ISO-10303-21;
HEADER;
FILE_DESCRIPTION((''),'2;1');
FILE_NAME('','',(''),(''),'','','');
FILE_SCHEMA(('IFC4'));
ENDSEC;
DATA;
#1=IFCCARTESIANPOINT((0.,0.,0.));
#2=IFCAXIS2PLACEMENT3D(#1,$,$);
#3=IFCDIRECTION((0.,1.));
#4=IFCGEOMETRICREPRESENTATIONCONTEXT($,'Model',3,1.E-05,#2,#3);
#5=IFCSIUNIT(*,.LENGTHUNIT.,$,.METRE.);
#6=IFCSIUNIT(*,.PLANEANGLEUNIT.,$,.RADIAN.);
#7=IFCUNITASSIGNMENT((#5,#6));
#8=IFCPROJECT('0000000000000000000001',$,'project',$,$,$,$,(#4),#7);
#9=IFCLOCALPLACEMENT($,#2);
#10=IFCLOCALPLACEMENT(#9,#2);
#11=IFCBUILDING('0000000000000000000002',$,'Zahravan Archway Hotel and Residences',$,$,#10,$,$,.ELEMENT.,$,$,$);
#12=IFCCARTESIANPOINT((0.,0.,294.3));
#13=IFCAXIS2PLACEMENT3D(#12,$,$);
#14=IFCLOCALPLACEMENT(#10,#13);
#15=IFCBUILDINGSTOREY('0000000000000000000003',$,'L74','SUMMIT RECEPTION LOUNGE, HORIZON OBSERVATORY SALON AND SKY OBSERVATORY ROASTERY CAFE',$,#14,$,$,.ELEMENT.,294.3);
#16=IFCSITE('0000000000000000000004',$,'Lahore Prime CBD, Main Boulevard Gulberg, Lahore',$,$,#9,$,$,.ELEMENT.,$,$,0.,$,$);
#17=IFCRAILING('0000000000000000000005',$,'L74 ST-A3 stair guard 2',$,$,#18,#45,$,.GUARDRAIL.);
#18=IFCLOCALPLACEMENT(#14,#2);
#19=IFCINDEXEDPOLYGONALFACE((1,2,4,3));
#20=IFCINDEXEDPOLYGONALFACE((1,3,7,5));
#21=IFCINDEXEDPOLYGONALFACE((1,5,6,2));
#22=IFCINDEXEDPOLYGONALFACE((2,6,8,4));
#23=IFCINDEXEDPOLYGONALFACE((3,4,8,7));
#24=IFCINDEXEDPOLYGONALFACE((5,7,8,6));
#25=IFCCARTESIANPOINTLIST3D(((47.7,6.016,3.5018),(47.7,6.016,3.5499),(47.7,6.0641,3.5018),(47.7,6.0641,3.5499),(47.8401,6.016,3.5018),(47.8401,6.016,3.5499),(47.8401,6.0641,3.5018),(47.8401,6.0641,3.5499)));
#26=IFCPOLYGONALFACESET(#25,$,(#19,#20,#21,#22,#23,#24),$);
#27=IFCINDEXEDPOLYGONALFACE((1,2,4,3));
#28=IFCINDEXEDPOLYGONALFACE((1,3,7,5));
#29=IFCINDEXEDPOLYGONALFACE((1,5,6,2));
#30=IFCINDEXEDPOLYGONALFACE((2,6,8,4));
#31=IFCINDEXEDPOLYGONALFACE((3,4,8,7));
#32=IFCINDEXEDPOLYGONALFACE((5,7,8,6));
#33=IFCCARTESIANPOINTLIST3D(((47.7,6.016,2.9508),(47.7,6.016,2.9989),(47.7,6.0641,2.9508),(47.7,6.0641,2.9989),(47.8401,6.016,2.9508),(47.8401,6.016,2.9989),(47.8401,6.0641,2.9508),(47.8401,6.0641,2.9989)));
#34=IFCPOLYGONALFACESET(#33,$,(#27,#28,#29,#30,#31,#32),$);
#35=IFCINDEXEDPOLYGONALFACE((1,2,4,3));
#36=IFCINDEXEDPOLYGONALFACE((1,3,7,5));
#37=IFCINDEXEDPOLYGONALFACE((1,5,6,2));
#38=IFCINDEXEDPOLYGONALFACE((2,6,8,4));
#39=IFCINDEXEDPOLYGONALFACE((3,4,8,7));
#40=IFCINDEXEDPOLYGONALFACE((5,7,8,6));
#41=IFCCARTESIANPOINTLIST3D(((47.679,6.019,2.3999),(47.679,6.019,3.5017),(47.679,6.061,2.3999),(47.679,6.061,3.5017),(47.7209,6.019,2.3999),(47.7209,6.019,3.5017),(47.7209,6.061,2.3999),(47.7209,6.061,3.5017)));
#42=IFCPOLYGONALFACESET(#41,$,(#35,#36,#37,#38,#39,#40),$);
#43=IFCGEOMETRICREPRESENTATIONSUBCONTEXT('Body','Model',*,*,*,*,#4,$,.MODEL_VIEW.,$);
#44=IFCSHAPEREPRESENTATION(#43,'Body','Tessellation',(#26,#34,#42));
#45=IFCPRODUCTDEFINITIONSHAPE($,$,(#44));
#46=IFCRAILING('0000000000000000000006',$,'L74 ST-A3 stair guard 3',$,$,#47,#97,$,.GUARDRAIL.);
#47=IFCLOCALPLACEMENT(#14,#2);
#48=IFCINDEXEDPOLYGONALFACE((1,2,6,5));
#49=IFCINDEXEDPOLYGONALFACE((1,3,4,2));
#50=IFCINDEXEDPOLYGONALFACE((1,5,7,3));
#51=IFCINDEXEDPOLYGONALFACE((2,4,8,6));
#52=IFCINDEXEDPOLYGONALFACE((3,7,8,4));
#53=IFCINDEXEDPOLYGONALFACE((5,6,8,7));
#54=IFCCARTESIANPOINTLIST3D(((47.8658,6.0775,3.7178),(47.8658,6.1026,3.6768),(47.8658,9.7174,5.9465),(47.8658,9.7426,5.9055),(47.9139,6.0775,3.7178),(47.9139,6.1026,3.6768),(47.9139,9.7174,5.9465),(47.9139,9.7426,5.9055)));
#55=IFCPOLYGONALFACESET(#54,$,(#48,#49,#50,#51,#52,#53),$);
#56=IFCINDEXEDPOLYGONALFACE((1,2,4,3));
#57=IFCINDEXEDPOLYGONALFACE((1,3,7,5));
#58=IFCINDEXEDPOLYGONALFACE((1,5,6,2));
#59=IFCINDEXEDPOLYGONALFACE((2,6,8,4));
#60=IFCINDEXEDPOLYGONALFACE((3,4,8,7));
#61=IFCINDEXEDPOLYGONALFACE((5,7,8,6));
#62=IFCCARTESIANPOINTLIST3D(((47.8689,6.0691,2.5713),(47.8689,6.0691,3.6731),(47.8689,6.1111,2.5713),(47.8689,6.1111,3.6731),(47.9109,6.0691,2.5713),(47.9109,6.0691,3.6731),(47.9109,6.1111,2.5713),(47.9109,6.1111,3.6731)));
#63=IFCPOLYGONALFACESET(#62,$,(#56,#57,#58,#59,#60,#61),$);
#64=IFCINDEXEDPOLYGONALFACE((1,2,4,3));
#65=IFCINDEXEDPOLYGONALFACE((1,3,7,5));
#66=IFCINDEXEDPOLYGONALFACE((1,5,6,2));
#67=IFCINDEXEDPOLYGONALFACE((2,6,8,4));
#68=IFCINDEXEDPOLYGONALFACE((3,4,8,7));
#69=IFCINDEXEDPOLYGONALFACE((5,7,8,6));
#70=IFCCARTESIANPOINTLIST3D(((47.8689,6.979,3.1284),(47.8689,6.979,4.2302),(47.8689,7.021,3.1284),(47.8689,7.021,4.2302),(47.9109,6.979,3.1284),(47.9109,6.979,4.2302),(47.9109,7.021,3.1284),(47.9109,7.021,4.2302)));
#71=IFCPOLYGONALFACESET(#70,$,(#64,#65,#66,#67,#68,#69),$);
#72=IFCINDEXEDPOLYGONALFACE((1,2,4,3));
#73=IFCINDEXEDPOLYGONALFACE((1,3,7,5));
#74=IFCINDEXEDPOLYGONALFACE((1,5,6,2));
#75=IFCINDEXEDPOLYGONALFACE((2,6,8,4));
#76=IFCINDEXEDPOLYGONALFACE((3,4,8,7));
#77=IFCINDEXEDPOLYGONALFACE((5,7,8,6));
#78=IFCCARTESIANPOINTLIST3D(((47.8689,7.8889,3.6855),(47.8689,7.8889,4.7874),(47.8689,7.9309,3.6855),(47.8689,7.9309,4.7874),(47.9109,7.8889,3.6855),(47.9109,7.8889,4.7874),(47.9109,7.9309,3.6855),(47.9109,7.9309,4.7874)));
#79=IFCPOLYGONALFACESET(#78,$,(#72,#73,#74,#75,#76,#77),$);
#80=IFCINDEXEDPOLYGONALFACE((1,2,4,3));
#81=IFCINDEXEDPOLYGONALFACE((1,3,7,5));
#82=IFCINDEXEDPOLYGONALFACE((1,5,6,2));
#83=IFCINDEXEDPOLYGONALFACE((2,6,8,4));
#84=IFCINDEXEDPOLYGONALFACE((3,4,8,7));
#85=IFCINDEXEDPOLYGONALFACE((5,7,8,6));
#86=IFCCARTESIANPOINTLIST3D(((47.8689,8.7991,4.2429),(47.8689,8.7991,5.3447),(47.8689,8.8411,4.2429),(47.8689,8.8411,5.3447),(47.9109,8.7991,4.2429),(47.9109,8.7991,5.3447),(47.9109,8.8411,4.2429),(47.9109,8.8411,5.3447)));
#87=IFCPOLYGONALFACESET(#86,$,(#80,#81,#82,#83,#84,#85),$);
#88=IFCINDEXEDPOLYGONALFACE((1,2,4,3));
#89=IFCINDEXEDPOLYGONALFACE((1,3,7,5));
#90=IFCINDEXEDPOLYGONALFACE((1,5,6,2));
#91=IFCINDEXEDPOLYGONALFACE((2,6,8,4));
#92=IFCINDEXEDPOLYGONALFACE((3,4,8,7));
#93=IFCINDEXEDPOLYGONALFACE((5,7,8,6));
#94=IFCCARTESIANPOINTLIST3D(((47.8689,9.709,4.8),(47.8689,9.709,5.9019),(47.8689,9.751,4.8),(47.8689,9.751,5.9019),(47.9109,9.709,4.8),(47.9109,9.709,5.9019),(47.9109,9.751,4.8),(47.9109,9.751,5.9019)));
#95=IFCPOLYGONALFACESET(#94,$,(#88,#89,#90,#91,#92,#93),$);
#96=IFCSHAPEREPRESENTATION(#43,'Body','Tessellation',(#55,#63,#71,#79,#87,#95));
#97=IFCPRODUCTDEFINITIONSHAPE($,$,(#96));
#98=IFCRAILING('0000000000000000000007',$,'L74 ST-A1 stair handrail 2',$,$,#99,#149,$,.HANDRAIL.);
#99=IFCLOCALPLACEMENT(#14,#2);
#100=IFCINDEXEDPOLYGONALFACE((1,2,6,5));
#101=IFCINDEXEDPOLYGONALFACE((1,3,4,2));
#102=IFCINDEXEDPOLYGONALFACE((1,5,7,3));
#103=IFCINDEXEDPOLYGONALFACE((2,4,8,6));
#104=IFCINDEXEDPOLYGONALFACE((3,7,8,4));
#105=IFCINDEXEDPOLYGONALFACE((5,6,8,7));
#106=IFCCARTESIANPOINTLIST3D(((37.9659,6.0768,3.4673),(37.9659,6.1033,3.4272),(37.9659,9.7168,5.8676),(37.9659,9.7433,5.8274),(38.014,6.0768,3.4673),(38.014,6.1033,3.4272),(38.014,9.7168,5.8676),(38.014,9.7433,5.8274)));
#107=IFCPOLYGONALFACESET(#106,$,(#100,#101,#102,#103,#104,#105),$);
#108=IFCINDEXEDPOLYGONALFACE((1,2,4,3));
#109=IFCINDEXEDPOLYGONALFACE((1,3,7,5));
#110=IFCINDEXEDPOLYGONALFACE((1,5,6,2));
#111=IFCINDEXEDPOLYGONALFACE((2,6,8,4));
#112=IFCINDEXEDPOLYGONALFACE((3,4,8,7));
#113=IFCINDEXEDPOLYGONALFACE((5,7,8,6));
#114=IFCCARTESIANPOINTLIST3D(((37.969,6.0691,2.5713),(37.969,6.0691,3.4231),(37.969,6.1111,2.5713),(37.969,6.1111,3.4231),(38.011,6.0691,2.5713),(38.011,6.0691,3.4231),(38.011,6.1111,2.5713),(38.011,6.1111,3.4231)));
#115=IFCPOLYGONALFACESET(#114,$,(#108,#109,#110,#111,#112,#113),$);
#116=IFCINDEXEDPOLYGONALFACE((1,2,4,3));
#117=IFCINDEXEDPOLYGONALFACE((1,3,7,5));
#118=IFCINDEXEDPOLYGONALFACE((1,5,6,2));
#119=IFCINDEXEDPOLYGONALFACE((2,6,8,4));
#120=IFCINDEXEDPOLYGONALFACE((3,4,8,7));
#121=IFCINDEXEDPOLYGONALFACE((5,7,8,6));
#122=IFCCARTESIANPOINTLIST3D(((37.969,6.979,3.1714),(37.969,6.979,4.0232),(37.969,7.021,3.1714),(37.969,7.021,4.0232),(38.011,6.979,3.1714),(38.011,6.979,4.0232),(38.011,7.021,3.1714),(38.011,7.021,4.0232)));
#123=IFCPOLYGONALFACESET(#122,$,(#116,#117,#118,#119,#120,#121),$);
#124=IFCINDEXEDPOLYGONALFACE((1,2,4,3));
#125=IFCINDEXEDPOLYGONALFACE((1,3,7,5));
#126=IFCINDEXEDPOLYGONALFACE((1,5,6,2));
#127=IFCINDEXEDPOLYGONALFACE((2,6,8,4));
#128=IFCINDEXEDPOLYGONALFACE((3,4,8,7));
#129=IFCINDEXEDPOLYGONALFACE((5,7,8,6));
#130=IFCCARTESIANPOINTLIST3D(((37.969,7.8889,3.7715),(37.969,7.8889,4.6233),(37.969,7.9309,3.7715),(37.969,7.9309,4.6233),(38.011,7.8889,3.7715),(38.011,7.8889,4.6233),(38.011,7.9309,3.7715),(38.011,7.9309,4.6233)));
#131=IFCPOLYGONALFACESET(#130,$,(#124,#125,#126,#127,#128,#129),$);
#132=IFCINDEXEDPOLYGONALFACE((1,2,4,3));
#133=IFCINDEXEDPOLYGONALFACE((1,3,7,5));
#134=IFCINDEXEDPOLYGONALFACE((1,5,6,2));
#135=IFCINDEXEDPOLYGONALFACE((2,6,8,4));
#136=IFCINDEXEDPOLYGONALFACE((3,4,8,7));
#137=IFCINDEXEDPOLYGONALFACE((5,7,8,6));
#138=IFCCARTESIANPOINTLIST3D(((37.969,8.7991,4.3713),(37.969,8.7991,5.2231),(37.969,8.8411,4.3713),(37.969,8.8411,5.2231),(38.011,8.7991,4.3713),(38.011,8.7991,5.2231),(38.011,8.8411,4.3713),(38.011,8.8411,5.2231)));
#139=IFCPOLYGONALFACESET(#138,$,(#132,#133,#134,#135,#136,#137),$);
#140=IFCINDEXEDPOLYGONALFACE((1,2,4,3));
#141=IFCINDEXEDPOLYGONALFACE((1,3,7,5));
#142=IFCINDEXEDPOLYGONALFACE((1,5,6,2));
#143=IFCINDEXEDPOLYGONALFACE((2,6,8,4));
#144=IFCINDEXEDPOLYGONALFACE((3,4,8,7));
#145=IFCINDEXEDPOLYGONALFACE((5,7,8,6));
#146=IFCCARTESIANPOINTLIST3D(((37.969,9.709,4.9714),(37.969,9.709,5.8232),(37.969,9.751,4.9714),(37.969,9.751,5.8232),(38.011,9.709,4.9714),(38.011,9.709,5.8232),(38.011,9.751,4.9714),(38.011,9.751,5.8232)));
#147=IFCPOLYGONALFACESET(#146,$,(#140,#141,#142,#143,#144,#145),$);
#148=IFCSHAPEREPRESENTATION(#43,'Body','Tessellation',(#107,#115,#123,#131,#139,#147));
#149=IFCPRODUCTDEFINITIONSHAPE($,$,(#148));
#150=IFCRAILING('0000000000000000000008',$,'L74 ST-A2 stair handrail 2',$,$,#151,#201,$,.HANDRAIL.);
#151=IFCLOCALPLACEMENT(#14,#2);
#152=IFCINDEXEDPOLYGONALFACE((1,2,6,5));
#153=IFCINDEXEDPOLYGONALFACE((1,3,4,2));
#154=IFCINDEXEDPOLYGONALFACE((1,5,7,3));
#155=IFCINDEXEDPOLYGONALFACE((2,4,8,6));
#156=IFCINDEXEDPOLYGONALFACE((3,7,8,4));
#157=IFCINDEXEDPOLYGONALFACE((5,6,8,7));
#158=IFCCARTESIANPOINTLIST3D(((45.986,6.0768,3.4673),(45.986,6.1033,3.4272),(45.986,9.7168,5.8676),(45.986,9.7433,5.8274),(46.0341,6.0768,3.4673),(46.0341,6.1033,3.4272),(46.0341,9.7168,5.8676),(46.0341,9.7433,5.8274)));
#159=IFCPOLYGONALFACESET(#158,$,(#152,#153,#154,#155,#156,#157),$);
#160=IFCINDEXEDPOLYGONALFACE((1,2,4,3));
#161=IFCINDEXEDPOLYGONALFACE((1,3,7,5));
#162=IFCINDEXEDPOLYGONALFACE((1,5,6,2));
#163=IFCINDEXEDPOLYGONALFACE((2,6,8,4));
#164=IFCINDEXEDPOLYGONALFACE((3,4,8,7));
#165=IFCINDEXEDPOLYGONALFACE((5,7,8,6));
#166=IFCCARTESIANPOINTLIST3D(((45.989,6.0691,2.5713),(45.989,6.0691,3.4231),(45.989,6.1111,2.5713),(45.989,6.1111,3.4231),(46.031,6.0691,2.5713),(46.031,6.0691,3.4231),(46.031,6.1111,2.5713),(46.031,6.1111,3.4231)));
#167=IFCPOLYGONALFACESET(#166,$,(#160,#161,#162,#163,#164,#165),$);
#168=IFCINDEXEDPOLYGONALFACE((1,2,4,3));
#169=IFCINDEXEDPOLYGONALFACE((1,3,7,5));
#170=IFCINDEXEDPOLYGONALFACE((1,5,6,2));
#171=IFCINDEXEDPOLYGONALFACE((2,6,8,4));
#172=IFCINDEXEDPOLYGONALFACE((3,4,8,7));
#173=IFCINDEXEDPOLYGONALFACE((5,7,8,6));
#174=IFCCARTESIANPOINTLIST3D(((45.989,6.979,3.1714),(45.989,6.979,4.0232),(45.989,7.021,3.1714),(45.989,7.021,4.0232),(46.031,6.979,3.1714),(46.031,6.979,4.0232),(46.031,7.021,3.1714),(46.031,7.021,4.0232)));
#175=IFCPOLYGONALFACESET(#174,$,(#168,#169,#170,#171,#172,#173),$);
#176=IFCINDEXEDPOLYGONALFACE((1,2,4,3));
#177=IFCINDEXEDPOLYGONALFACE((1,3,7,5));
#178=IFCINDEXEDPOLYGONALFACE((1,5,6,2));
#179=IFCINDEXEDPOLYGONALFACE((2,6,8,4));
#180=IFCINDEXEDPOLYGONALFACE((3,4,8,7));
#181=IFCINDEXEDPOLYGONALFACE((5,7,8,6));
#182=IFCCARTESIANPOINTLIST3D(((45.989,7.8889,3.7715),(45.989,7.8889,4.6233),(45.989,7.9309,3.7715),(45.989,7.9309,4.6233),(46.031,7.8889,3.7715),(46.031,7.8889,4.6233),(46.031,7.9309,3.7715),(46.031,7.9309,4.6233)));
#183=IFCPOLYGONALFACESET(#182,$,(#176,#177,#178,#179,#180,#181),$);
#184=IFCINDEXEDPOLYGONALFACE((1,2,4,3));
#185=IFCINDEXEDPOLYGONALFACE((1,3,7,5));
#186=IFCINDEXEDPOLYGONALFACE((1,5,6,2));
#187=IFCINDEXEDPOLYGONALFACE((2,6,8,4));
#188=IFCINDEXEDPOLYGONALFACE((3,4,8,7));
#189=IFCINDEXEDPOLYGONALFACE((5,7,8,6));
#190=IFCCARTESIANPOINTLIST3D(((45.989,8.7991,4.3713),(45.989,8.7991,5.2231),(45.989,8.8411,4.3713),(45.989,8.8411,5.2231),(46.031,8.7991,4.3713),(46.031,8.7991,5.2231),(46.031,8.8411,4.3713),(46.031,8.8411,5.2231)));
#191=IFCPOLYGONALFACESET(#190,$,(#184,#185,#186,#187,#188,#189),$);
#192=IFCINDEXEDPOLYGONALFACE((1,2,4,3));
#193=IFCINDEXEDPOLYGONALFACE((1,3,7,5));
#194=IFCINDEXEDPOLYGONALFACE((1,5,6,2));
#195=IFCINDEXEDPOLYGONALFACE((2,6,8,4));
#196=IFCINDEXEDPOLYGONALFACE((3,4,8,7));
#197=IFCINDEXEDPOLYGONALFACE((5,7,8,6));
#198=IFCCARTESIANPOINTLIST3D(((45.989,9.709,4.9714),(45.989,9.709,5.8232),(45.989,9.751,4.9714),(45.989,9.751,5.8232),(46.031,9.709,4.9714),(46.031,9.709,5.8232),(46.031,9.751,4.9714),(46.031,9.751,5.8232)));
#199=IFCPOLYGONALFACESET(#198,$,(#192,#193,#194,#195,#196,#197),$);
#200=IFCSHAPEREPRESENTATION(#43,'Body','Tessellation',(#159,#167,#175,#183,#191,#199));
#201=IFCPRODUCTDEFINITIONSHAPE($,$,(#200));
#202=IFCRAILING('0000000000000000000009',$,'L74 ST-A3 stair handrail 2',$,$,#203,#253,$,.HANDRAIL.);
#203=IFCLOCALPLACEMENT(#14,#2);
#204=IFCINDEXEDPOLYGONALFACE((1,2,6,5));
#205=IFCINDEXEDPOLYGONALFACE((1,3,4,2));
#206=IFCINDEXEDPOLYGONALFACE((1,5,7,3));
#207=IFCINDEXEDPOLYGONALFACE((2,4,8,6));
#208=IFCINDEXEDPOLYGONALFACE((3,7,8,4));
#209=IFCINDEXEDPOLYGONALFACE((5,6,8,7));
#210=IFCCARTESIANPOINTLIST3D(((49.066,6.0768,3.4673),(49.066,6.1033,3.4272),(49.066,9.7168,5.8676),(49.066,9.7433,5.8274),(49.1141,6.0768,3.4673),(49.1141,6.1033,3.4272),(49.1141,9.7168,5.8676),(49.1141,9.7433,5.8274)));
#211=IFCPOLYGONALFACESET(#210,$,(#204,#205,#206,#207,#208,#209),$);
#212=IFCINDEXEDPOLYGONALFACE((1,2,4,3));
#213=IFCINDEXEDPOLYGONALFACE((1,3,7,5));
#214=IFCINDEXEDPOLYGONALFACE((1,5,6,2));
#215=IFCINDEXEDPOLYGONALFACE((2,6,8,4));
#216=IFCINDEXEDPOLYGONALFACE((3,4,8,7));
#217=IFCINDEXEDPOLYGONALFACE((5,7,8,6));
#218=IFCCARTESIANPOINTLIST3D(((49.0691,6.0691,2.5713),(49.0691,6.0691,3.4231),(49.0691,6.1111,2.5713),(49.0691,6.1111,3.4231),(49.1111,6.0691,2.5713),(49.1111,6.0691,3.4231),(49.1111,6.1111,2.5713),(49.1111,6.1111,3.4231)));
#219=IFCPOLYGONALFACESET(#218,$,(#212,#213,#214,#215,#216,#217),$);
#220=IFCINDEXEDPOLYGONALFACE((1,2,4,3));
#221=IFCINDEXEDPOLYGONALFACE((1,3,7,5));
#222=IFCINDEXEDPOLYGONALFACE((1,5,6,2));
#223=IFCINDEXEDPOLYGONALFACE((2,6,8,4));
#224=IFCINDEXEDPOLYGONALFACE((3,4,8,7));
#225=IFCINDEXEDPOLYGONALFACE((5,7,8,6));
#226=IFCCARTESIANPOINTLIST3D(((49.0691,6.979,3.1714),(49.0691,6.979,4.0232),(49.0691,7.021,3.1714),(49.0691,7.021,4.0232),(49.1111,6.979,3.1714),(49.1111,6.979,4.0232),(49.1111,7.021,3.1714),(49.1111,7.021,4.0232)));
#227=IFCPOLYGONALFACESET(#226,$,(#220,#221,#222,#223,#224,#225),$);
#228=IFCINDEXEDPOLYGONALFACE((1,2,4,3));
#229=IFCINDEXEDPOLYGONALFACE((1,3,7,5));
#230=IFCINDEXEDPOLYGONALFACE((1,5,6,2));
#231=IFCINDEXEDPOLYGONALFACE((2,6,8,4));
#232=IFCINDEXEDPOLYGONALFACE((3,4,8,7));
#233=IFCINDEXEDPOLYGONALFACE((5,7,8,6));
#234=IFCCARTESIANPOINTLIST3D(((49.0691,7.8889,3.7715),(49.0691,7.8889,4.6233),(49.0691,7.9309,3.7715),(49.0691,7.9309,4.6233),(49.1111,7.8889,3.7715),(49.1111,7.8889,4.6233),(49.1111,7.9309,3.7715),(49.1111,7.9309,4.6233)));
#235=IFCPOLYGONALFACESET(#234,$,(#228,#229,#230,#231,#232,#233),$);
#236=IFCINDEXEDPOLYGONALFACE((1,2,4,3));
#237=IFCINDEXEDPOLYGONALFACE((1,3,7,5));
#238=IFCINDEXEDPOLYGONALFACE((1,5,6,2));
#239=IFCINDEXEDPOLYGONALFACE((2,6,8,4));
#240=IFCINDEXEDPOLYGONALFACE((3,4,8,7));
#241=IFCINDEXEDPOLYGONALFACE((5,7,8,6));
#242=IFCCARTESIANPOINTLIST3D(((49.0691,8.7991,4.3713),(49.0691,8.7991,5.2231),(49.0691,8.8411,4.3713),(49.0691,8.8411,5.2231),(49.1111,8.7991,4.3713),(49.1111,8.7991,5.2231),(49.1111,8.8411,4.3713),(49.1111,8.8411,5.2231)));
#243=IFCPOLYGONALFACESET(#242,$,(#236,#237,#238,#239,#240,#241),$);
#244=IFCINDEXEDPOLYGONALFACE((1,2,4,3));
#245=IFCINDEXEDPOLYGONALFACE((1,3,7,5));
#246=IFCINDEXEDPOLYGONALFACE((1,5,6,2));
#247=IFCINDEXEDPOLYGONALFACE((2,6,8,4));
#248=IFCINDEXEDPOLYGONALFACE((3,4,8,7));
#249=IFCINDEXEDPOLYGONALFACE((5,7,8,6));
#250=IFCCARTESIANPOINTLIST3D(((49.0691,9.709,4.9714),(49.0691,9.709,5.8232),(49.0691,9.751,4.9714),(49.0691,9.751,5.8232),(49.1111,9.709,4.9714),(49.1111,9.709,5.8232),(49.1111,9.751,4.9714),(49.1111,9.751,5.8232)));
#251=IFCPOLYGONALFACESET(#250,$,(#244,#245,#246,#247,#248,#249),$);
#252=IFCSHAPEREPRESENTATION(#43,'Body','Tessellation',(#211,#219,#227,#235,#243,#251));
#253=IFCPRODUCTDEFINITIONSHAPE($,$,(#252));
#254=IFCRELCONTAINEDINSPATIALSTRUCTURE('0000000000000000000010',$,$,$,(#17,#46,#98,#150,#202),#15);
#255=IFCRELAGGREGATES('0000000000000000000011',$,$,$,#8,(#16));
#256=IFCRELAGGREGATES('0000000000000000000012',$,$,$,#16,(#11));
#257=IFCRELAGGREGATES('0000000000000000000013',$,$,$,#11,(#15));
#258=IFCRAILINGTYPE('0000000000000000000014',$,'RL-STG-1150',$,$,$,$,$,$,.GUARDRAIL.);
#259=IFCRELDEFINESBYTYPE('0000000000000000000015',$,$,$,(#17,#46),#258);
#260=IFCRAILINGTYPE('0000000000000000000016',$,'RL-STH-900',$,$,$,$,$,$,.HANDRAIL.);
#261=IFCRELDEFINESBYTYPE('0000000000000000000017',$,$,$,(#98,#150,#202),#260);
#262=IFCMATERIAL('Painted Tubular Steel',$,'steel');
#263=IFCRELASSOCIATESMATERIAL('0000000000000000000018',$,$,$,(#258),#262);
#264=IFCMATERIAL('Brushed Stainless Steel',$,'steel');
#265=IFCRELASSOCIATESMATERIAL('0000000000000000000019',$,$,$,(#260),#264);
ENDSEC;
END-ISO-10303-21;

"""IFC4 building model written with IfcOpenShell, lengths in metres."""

from ifc_helpers import new_model, si_unit, direction, frame, origin, origin_2d, place, context, subcontext, project, spatial, rectangle, extrude, material, type_object, element, save


model = new_model("IFC4")

# Units and contexts
model_context = context("Model", 3, precision=1e-05, world=origin(), true_north=direction((0.0, 1.0)))
body_context = subcontext(model_context, "Body", "Model", "MODEL_VIEW")
ifc_project = project(units=[si_unit("LENGTHUNIT", "METRE"), si_unit("PLANEANGLEUNIT", "RADIAN")], contexts=[model_context])

# Site, building, storey
site_placement = place(None, origin())
site = spatial("IfcSite", under=ifc_project, at=site_placement, Name="Lahore Prime CBD, Main Boulevard Gulberg, Lahore", CompositionType="ELEMENT", RefElevation=0.0)
building_placement = place(site_placement, origin())
building = spatial("IfcBuilding", under=site, at=building_placement, Name="Zahravan Archway Hotel and Residences", CompositionType="ELEMENT")
storey_placement = place(building_placement, frame((0.0, 0.0, 294.3)))
storey = spatial("IfcBuildingStorey", under=building, at=storey_placement, Name="L74", Description="SUMMIT RECEPTION LOUNGE, HORIZON OBSERVATORY SALON AND SKY OBSERVATORY ROASTERY CAFE", CompositionType="ELEMENT", Elevation=294.3)

# Railings
ifc_material_1 = material(Name="Painted Tubular Steel", Category="steel")
railing_type_1 = type_object("IfcRailingType", Name="RL-STG-1150", PredefinedType="GUARDRAIL", material=ifc_material_1)
railing_1_placement = place(storey_placement, frame((47.7, 6.04, 2.3999)))
element("IfcRailing", 1, at=railing_1_placement, inside=storey, type_object=railing_type_1, Name="L74 ST-A3 stair guard 2", PredefinedType="GUARDRAIL", context=body_context, shape_type="SweptSolid", body=[
    extrude(rectangle(XDim=0.0481, YDim=0.0481, at=origin_2d()), frame((0.0, 0.0, 1.126), z_axis=(1.0, 0.0, 0.0), x_axis=(0.0, 1.0, 0.0)), (0.0, 0.0, 1.0), 0.1401),
    extrude(rectangle(XDim=0.0481, YDim=0.0481, at=origin_2d()), frame((0.0, 0.0, 0.575), z_axis=(1.0, 0.0, 0.0), x_axis=(0.0, 1.0, 0.0)), (0.0, 0.0, 1.0), 0.1401),
    extrude(rectangle(XDim=0.042, YDim=0.042, at=origin_2d()), origin(), (0.0, 0.0, 1.0), 1.1018),
])
railing_2_placement = place(storey_placement, frame((47.8899, 6.0901, 2.5713)))
element("IfcRailing", 2, at=railing_2_placement, inside=storey, type_object=railing_type_1, Name="L74 ST-A3 stair guard 3", PredefinedType="GUARDRAIL", context=body_context, shape_type="SweptSolid", body=[
    extrude(rectangle(XDim=0.0481, YDim=0.0481, at=origin_2d()), frame((0.0, 0.0, 1.126), z_axis=(0.0, 0.852825, 0.522197), x_axis=(-1.0, 0.0, 0.0)), (0.0, 0.0, 1.0), 4.2681),
    extrude(rectangle(XDim=0.042, YDim=0.042, at=origin_2d()), origin(), (0.0, 0.0, 1.0), 1.1018),
    extrude(rectangle(XDim=0.042, YDim=0.042, at=origin_2d()), frame((0.0, 0.9099, 0.5571)), (0.0, 0.0, 1.0), 1.1018),
    extrude(rectangle(XDim=0.042, YDim=0.042, at=origin_2d()), frame((0.0, 1.8198, 1.1143)), (0.0, 0.0, 1.0), 1.1018),
    extrude(rectangle(XDim=0.042, YDim=0.042, at=origin_2d()), frame((0.0, 2.73, 1.6716)), (0.0, 0.0, 1.0), 1.1018),
    extrude(rectangle(XDim=0.042, YDim=0.042, at=origin_2d()), frame((0.0, 3.6399, 2.2288)), (0.0, 0.0, 1.0), 1.1018),
])
ifc_material_2 = material(Name="Brushed Stainless Steel", Category="steel")
railing_type_2 = type_object("IfcRailingType", Name="RL-STH-900", PredefinedType="HANDRAIL", material=ifc_material_2)
for number, where, name in (
    (3, (37.99, 6.0901, 2.5713), "L74 ST-A1 stair handrail 2"),
    (4, (46.01, 6.0901, 2.5713), "L74 ST-A2 stair handrail 2"),
    (5, (49.0901, 6.0901, 2.5713), "L74 ST-A3 stair handrail 2"),
):
    element("IfcRailing", number, at=place(storey_placement, frame(where)), inside=storey, type_object=railing_type_2, Name=name, PredefinedType="HANDRAIL", context=body_context, shape_type="SweptSolid", body=[
        extrude(rectangle(XDim=0.0481, YDim=0.0481, at=origin_2d()), frame((0.0, 0.0, 0.876), z_axis=(0.0, 0.834839, 0.550493), x_axis=(-1.0, 0.0, 0.0)), (0.0, 0.0, 1.0), 4.3601),
        extrude(rectangle(XDim=0.042, YDim=0.042, at=origin_2d()), origin(), (0.0, 0.0, 1.0), 0.8518),
        extrude(rectangle(XDim=0.042, YDim=0.042, at=origin_2d()), frame((0.0, 0.9099, 0.6001)), (0.0, 0.0, 1.0), 0.8518),
        extrude(rectangle(XDim=0.042, YDim=0.042, at=origin_2d()), frame((0.0, 1.8198, 1.2002)), (0.0, 0.0, 1.0), 0.8518),
        extrude(rectangle(XDim=0.042, YDim=0.042, at=origin_2d()), frame((0.0, 2.73, 1.8)), (0.0, 0.0, 1.0), 0.8518),
        extrude(rectangle(XDim=0.042, YDim=0.042, at=origin_2d()), frame((0.0, 3.6399, 2.4001)), (0.0, 0.0, 1.0), 0.8518),
    ])

save(model, "model.ifc")
